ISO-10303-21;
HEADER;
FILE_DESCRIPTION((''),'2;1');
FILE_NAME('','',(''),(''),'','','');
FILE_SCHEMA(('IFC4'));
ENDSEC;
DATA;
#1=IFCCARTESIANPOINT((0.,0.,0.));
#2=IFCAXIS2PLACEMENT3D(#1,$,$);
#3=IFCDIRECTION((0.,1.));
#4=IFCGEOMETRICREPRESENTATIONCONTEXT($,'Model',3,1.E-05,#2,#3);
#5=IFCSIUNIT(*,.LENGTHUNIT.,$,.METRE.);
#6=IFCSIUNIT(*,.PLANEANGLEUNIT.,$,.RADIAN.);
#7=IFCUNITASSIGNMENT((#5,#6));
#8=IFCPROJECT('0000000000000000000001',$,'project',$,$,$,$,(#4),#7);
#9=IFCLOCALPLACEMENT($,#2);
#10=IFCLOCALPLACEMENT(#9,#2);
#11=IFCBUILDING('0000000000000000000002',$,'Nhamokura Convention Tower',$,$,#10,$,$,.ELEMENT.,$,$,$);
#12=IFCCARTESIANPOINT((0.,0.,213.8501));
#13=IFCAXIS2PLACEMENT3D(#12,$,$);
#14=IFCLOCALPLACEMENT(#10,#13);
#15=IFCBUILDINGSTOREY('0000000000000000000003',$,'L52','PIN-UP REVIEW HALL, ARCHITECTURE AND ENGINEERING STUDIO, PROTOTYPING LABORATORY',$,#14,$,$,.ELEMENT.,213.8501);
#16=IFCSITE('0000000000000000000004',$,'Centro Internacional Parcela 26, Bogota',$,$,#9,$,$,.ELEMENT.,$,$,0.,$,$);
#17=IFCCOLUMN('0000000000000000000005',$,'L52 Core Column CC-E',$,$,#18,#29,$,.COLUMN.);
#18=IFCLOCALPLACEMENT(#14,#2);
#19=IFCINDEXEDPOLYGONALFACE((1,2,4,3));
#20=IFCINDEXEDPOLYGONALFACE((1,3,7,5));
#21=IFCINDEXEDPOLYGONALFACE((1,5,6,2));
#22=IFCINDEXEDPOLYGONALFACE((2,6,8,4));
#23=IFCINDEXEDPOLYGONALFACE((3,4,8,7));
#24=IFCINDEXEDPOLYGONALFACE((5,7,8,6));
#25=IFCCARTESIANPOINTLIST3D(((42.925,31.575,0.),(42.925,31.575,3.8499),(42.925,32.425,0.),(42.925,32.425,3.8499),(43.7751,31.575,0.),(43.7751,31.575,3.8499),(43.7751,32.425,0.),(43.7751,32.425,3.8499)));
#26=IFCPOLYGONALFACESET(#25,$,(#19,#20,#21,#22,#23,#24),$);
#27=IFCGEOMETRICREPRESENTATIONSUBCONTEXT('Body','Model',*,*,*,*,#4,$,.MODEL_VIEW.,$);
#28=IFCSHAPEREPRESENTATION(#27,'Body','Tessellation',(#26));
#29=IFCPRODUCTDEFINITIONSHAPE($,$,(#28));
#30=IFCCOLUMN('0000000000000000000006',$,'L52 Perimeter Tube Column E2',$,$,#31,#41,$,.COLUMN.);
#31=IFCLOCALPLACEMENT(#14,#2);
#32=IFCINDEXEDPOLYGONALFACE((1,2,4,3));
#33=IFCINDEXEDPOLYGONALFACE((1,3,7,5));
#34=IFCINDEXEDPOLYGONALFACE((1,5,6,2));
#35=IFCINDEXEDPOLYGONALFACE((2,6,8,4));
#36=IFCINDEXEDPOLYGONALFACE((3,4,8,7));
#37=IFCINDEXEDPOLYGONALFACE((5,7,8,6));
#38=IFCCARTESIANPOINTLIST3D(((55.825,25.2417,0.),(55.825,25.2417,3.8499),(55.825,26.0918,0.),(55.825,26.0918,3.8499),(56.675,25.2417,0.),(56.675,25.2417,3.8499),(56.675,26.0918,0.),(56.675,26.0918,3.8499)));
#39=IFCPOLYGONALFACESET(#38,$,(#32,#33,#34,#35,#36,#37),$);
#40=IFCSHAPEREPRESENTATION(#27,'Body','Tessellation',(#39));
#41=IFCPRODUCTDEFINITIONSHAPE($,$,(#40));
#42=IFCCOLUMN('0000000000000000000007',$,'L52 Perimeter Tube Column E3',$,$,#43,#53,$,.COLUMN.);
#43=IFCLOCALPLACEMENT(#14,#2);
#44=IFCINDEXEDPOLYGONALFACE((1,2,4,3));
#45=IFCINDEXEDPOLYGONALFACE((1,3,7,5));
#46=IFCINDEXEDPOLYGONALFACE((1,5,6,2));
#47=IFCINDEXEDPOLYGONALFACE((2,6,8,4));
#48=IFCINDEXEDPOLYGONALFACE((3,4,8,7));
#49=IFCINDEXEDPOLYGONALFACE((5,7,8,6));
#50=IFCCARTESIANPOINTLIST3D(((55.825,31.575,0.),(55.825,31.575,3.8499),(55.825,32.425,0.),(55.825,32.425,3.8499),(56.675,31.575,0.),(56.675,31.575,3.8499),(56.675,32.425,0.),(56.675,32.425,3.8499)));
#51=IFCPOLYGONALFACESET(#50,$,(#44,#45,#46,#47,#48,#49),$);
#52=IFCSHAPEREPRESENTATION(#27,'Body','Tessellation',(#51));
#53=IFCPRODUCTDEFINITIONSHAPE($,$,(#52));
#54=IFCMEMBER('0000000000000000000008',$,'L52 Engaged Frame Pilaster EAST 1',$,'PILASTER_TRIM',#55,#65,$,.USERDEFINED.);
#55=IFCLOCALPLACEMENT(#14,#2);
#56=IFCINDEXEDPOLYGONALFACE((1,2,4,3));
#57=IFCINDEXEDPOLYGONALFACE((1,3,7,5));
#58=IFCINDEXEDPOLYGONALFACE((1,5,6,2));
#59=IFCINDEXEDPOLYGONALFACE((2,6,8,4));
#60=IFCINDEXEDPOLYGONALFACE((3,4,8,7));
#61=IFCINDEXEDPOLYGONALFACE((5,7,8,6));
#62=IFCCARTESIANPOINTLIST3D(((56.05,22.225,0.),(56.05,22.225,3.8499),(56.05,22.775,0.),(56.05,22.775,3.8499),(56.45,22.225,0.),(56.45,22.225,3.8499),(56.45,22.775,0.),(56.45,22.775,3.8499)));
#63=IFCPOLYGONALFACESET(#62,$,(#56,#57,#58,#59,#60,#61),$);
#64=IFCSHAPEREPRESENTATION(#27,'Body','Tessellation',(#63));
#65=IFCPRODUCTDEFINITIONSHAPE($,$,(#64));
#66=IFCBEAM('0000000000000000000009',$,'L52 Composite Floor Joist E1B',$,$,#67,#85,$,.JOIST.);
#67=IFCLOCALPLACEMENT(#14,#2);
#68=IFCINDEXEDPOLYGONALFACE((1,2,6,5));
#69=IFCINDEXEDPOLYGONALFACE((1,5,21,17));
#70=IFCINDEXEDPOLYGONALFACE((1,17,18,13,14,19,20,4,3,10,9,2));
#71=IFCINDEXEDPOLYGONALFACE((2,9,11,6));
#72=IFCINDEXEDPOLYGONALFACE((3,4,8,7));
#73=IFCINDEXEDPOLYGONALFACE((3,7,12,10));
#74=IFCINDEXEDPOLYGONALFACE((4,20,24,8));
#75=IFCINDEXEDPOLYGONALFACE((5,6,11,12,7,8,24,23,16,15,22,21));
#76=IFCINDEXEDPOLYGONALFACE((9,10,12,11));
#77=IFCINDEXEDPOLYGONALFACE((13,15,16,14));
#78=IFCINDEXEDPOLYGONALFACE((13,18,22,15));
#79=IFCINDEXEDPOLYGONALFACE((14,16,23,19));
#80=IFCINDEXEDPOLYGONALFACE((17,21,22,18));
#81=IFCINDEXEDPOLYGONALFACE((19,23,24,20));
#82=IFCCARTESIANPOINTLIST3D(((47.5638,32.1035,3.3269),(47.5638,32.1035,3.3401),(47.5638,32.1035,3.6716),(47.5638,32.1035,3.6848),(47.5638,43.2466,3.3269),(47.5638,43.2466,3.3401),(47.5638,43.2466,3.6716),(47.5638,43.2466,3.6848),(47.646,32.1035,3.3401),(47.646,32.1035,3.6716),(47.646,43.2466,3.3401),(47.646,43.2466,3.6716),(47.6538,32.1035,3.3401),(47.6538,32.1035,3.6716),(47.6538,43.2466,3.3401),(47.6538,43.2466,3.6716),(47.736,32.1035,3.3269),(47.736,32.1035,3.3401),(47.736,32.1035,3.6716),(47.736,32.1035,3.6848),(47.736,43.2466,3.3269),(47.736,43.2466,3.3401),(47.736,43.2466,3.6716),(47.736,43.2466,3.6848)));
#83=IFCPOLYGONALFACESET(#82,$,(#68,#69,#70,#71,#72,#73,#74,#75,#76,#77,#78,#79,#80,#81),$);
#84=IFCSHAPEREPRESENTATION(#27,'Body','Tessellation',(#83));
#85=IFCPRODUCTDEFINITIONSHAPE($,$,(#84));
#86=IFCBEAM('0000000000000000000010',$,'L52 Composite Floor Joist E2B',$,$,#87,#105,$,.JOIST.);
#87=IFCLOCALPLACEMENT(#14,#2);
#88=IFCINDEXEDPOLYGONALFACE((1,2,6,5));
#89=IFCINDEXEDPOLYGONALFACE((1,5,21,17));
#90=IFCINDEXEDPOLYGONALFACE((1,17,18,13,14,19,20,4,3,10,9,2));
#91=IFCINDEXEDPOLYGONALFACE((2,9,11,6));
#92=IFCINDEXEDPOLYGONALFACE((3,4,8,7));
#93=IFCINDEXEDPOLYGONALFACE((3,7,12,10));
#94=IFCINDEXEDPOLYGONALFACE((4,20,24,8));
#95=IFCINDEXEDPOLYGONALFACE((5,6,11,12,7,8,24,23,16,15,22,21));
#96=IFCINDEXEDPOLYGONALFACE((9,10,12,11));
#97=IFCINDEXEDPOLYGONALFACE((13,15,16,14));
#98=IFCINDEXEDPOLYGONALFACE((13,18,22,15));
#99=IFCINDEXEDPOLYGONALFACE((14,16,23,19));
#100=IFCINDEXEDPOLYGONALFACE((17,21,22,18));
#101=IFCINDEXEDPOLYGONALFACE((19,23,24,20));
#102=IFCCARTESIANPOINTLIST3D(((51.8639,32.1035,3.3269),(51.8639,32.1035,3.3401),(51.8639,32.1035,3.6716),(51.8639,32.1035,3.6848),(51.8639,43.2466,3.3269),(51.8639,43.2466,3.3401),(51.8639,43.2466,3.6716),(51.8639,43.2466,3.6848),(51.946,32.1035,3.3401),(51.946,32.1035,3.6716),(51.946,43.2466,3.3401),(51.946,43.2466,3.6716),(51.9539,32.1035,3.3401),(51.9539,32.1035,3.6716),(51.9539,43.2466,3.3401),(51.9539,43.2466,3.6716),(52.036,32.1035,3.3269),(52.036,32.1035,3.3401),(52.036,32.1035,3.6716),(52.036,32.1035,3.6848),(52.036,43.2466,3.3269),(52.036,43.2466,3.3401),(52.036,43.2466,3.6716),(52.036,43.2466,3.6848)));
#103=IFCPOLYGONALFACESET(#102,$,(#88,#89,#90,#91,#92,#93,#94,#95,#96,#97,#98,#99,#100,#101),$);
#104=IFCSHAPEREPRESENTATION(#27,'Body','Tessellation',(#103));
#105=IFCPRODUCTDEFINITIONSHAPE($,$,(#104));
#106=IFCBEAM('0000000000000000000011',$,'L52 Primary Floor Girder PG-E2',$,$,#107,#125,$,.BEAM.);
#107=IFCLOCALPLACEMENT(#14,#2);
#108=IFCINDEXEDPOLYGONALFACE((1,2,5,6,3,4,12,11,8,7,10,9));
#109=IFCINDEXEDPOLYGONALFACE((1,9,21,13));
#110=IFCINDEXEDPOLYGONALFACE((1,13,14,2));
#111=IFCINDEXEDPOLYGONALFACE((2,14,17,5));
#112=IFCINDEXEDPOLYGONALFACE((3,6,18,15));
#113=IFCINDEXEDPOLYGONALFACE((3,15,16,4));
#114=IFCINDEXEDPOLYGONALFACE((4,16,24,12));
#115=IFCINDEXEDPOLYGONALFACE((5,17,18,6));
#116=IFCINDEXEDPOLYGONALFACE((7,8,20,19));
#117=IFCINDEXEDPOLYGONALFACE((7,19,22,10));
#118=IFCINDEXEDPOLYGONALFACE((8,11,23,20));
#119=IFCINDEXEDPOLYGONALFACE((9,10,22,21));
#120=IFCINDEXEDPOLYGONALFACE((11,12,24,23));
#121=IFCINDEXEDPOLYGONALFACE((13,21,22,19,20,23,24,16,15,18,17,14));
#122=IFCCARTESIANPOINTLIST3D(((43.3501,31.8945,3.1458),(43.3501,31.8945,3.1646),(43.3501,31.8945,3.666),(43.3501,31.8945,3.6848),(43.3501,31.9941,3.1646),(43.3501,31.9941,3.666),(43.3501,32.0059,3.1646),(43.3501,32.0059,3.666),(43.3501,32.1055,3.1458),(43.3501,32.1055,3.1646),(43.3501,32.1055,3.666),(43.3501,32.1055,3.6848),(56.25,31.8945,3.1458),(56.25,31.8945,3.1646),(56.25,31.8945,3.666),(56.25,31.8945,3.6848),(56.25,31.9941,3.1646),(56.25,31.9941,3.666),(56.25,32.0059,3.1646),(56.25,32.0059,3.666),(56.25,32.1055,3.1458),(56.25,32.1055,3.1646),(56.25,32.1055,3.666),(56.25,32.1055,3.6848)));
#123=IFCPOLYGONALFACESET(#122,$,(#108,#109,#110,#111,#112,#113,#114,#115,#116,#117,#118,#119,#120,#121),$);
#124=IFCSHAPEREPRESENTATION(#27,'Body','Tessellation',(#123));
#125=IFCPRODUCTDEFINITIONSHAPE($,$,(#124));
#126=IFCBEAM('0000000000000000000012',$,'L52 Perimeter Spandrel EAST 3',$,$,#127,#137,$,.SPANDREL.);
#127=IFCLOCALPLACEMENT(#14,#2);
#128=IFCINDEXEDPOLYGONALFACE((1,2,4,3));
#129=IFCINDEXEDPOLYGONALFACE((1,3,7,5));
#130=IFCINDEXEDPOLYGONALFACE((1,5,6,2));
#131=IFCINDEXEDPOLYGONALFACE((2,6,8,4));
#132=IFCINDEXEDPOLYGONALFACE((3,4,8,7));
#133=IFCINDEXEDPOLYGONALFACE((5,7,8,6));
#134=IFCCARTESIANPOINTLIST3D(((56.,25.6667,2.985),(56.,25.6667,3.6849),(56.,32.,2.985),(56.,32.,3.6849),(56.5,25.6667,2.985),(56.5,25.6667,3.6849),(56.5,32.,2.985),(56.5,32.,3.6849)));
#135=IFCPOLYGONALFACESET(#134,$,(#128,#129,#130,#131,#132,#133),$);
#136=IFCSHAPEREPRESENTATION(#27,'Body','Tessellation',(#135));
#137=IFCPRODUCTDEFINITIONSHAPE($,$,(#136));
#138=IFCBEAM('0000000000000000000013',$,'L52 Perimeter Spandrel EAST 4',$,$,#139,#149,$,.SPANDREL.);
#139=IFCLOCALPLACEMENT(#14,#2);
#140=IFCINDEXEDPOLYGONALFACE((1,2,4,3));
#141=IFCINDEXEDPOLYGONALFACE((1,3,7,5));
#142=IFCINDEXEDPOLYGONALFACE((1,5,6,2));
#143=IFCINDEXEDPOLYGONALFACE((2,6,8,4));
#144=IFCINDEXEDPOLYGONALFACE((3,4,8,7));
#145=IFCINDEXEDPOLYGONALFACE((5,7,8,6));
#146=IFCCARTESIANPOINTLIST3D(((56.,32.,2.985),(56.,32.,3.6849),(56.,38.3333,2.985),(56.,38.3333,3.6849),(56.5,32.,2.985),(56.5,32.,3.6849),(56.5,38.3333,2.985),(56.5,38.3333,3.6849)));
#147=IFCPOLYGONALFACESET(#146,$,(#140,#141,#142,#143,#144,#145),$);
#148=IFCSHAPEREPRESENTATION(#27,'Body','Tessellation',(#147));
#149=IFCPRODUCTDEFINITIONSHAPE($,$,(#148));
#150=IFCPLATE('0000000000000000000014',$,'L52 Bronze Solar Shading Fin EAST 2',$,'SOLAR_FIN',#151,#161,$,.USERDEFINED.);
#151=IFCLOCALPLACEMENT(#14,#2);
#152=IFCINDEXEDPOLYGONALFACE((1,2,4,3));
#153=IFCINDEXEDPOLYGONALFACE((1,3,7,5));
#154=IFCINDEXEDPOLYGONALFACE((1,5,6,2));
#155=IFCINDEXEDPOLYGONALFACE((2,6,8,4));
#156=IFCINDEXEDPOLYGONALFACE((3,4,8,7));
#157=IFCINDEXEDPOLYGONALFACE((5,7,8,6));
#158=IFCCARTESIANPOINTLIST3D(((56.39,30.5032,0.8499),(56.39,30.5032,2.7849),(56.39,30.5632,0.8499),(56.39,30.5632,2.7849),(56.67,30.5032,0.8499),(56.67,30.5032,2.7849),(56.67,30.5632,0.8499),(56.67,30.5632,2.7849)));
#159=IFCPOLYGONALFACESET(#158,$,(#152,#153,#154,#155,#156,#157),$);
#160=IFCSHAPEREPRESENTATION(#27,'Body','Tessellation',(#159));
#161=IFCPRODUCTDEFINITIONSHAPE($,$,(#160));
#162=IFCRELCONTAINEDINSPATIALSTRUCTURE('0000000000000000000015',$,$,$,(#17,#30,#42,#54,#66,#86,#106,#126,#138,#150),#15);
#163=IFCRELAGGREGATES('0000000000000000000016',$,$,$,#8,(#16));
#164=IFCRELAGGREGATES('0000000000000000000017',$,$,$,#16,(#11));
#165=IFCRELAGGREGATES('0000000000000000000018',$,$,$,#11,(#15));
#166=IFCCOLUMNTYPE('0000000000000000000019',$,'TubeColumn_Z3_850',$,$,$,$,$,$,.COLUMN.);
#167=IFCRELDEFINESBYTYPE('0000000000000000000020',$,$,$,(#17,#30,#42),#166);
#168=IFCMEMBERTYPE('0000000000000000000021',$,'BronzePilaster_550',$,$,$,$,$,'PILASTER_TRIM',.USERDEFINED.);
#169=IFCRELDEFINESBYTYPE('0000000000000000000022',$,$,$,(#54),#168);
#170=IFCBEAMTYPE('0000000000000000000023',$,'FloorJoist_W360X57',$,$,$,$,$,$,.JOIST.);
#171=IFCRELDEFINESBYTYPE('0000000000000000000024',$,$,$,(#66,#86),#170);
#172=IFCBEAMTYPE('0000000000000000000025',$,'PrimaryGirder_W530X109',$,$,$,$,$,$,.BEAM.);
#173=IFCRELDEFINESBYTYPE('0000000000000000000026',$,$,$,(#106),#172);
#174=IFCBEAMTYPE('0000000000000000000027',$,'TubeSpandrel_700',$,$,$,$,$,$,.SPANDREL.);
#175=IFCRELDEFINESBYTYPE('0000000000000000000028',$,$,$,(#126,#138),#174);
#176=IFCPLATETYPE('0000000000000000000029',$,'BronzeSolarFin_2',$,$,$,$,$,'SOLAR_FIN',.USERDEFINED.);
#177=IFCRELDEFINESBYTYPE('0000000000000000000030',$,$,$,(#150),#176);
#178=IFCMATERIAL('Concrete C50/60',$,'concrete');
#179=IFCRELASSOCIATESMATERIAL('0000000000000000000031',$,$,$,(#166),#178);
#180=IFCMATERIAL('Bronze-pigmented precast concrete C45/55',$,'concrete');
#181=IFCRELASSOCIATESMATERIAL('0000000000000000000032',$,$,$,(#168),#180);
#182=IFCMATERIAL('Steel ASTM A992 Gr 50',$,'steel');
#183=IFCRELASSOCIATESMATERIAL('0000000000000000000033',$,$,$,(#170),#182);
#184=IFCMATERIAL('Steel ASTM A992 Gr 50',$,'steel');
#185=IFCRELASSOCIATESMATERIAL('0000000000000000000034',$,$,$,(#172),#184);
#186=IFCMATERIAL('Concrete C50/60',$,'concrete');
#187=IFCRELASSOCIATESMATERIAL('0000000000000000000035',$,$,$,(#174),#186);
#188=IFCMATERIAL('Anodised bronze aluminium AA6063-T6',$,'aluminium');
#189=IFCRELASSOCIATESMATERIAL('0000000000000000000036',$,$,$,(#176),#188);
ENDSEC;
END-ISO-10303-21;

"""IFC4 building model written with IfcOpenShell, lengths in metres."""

from ifc_helpers import new_model, si_unit, direction, frame, origin, origin_2d, place, context, subcontext, project, spatial, rectangle, i_section, extrude, material, material_profile, profile_set, type_object, element, save


model = new_model("IFC4")

# Units and contexts
model_context = context("Model", 3, precision=1e-05, world=origin(), true_north=direction((0.0, 1.0)))
body_context = subcontext(model_context, "Body", "Model", "MODEL_VIEW")
ifc_project = project(units=[si_unit("LENGTHUNIT", "METRE"), si_unit("PLANEANGLEUNIT", "RADIAN")], contexts=[model_context])

# Site, building, storey
site_placement = place(None, origin())
site = spatial("IfcSite", under=ifc_project, at=site_placement, Name="Centro Internacional Parcela 26, Bogota", CompositionType="ELEMENT", RefElevation=0.0)
building_placement = place(site_placement, origin())
building = spatial("IfcBuilding", under=site, at=building_placement, Name="Nhamokura Convention Tower", CompositionType="ELEMENT")
storey_placement = place(building_placement, frame((0.0, 0.0, 213.8501)))
storey = spatial("IfcBuildingStorey", under=building, at=storey_placement, Name="L52", Description="PIN-UP REVIEW HALL, ARCHITECTURE AND ENGINEERING STUDIO, PROTOTYPING LABORATORY", CompositionType="ELEMENT", Elevation=213.8501)

# Columns
ifc_material_1 = material(Name="Concrete C50/60", Category="concrete")
ifc_material_profile_1 = material_profile(ifc_material_1, rectangle(XDim=0.8501, YDim=0.8501, at=origin_2d()))
ifc_profile_set_1 = profile_set([ifc_material_profile_1], Name="Concrete C50/60")
column_type = type_object("IfcColumnType", Name="TubeColumn_Z3_850", PredefinedType="COLUMN", material=ifc_profile_set_1)
for number, where, z_axis, x_axis, name in (
    (1, (43.3501, 32.0, 0.0), (0.0, 0.0, 1.0), (1.0, 0.0, 0.0), "L52 Core Column CC-E"),
    (2, (56.25, 25.6667, 0.0), (0.0, 0.0, 1.0), (1.0, 0.0, 0.0), "L52 Perimeter Tube Column E2"),
    (3, (56.25, 32.0, 0.0), (0.0, 0.0, 1.0), (1.0, 0.0, 0.0), "L52 Perimeter Tube Column E3"),
):
    element("IfcColumn", number, at=place(storey_placement, frame(where, z_axis=z_axis, x_axis=x_axis)), inside=storey, type_object=column_type, Name=name, PredefinedType="COLUMN", context=body_context, shape_type="SweptSolid", body=[
        extrude(rectangle(XDim=0.8501, YDim=0.8501, at=origin_2d()), origin(), (0.0, 0.0, 1.0), 3.8499),
    ])

# Member
ifc_material_2 = material(Name="Bronze-pigmented precast concrete C45/55", Category="concrete")
ifc_material_profile_2 = material_profile(ifc_material_2, rectangle(XDim=0.3999, YDim=0.55, at=origin_2d()))
ifc_profile_set_2 = profile_set([ifc_material_profile_2], Name="Bronze-pigmented precast concrete C45/55")
member_type = type_object("IfcMemberType", Name="BronzePilaster_550", ElementType="PILASTER_TRIM", PredefinedType="USERDEFINED", material=ifc_profile_set_2)
member_placement = place(storey_placement, frame((56.25, 22.5, 0.0), z_axis=(0.0, 0.0, 1.0), x_axis=(1.0, 0.0, 0.0)))
element("IfcMember", 4, at=member_placement, inside=storey, type_object=member_type, Name="L52 Engaged Frame Pilaster EAST 1", ObjectType="PILASTER_TRIM", PredefinedType="USERDEFINED", context=body_context, shape_type="SweptSolid", body=[
    extrude(rectangle(XDim=0.3999, YDim=0.55, at=origin_2d()), origin(), (0.0, 0.0, 1.0), 3.8499),
])

# Beams
ifc_material_3 = material(Name="Steel ASTM A992 Gr 50", Category="steel")
ifc_material_profile_3 = material_profile(ifc_material_3, i_section(OverallWidth=0.1721, OverallDepth=0.3579, WebThickness=0.0078, FlangeThickness=0.0132, at=origin_2d()))
ifc_profile_set_3 = profile_set([ifc_material_profile_3], Name="Steel ASTM A992 Gr 50")
beam_type_1 = type_object("IfcBeamType", Name="FloorJoist_W360X57", PredefinedType="JOIST", material=ifc_profile_set_3)
for number, where, z_axis, x_axis, name in (
    (5, (47.6499, 32.1035, 3.5059), (0.0, 1.0, 0.0), (-1.0, 0.0, 0.0), "L52 Composite Floor Joist E1B"),
    (6, (51.95, 32.1035, 3.5059), (0.0, 1.0, 0.0), (-1.0, 0.0, 0.0), "L52 Composite Floor Joist E2B"),
):
    element("IfcBeam", number, at=place(storey_placement, frame(where, z_axis=z_axis, x_axis=x_axis)), inside=storey, type_object=beam_type_1, Name=name, PredefinedType="JOIST", context=body_context, shape_type="SweptSolid", body=[
        extrude(i_section(OverallWidth=0.1721, OverallDepth=0.3579, WebThickness=0.0078, FlangeThickness=0.0132, at=origin_2d()), origin(), (0.0, 0.0, 1.0), 11.1431),
    ])
ifc_material_4 = material(Name="Steel ASTM A992 Gr 50", Category="steel")
ifc_material_profile_4 = material_profile(ifc_material_4, i_section(OverallWidth=0.2109, OverallDepth=0.5391, WebThickness=0.0117, FlangeThickness=0.0188, at=origin_2d()))
ifc_profile_set_4 = profile_set([ifc_material_profile_4], Name="Steel ASTM A992 Gr 50")
beam_type_2 = type_object("IfcBeamType", Name="PrimaryGirder_W530X109", PredefinedType="BEAM", material=ifc_profile_set_4)
beam_placement = place(storey_placement, frame((43.3501, 32.0, 3.4153), z_axis=(1.0, 0.0, 0.0), x_axis=(0.0, 1.0, 0.0)))
element("IfcBeam", 7, at=beam_placement, inside=storey, type_object=beam_type_2, Name="L52 Primary Floor Girder PG-E2", PredefinedType="BEAM", context=body_context, shape_type="SweptSolid", body=[
    extrude(i_section(OverallWidth=0.2109, OverallDepth=0.5391, WebThickness=0.0117, FlangeThickness=0.0188, at=origin_2d()), origin(), (0.0, 0.0, 1.0), 12.8999),
])
ifc_material_5 = material(Name="Concrete C50/60", Category="concrete")
ifc_material_profile_5 = material_profile(ifc_material_5, rectangle(XDim=0.5, YDim=0.7, at=origin_2d()))
ifc_profile_set_5 = profile_set([ifc_material_profile_5], Name="Concrete C50/60")
beam_type_3 = type_object("IfcBeamType", Name="TubeSpandrel_700", PredefinedType="SPANDREL", material=ifc_profile_set_5)
for number, where, z_axis, x_axis, name in (
    (8, (56.25, 25.6667, 3.335), (0.0, 1.0, 0.0), (-1.0, 0.0, 0.0), "L52 Perimeter Spandrel EAST 3"),
    (9, (56.25, 32.0, 3.335), (0.0, 1.0, 0.0), (-1.0, 0.0, 0.0), "L52 Perimeter Spandrel EAST 4"),
):
    element("IfcBeam", number, at=place(storey_placement, frame(where, z_axis=z_axis, x_axis=x_axis)), inside=storey, type_object=beam_type_3, Name=name, PredefinedType="SPANDREL", context=body_context, shape_type="SweptSolid", body=[
        extrude(rectangle(XDim=0.5, YDim=0.7, at=origin_2d()), origin(), (0.0, 0.0, 1.0), 6.3333),
    ])

# Plate
ifc_material_6 = material(Name="Anodised bronze aluminium AA6063-T6", Category="aluminium")
plate_type = type_object("IfcPlateType", Name="BronzeSolarFin_2", ElementType="SOLAR_FIN", PredefinedType="USERDEFINED", material=ifc_material_6)
plate_placement = place(storey_placement, frame((56.53, 30.5332, 0.8499), z_axis=(0.0, 0.0, 1.0), x_axis=(1.0, 0.0, 0.0)))
element("IfcPlate", 10, at=plate_placement, inside=storey, type_object=plate_type, Name="L52 Bronze Solar Shading Fin EAST 2", ObjectType="SOLAR_FIN", PredefinedType="USERDEFINED", context=body_context, shape_type="SweptSolid", body=[
    extrude(rectangle(XDim=0.28, YDim=0.0601, at=origin_2d()), origin(), (0.0, 0.0, 1.0), 1.9351),
])

save(model, "model.ifc")
